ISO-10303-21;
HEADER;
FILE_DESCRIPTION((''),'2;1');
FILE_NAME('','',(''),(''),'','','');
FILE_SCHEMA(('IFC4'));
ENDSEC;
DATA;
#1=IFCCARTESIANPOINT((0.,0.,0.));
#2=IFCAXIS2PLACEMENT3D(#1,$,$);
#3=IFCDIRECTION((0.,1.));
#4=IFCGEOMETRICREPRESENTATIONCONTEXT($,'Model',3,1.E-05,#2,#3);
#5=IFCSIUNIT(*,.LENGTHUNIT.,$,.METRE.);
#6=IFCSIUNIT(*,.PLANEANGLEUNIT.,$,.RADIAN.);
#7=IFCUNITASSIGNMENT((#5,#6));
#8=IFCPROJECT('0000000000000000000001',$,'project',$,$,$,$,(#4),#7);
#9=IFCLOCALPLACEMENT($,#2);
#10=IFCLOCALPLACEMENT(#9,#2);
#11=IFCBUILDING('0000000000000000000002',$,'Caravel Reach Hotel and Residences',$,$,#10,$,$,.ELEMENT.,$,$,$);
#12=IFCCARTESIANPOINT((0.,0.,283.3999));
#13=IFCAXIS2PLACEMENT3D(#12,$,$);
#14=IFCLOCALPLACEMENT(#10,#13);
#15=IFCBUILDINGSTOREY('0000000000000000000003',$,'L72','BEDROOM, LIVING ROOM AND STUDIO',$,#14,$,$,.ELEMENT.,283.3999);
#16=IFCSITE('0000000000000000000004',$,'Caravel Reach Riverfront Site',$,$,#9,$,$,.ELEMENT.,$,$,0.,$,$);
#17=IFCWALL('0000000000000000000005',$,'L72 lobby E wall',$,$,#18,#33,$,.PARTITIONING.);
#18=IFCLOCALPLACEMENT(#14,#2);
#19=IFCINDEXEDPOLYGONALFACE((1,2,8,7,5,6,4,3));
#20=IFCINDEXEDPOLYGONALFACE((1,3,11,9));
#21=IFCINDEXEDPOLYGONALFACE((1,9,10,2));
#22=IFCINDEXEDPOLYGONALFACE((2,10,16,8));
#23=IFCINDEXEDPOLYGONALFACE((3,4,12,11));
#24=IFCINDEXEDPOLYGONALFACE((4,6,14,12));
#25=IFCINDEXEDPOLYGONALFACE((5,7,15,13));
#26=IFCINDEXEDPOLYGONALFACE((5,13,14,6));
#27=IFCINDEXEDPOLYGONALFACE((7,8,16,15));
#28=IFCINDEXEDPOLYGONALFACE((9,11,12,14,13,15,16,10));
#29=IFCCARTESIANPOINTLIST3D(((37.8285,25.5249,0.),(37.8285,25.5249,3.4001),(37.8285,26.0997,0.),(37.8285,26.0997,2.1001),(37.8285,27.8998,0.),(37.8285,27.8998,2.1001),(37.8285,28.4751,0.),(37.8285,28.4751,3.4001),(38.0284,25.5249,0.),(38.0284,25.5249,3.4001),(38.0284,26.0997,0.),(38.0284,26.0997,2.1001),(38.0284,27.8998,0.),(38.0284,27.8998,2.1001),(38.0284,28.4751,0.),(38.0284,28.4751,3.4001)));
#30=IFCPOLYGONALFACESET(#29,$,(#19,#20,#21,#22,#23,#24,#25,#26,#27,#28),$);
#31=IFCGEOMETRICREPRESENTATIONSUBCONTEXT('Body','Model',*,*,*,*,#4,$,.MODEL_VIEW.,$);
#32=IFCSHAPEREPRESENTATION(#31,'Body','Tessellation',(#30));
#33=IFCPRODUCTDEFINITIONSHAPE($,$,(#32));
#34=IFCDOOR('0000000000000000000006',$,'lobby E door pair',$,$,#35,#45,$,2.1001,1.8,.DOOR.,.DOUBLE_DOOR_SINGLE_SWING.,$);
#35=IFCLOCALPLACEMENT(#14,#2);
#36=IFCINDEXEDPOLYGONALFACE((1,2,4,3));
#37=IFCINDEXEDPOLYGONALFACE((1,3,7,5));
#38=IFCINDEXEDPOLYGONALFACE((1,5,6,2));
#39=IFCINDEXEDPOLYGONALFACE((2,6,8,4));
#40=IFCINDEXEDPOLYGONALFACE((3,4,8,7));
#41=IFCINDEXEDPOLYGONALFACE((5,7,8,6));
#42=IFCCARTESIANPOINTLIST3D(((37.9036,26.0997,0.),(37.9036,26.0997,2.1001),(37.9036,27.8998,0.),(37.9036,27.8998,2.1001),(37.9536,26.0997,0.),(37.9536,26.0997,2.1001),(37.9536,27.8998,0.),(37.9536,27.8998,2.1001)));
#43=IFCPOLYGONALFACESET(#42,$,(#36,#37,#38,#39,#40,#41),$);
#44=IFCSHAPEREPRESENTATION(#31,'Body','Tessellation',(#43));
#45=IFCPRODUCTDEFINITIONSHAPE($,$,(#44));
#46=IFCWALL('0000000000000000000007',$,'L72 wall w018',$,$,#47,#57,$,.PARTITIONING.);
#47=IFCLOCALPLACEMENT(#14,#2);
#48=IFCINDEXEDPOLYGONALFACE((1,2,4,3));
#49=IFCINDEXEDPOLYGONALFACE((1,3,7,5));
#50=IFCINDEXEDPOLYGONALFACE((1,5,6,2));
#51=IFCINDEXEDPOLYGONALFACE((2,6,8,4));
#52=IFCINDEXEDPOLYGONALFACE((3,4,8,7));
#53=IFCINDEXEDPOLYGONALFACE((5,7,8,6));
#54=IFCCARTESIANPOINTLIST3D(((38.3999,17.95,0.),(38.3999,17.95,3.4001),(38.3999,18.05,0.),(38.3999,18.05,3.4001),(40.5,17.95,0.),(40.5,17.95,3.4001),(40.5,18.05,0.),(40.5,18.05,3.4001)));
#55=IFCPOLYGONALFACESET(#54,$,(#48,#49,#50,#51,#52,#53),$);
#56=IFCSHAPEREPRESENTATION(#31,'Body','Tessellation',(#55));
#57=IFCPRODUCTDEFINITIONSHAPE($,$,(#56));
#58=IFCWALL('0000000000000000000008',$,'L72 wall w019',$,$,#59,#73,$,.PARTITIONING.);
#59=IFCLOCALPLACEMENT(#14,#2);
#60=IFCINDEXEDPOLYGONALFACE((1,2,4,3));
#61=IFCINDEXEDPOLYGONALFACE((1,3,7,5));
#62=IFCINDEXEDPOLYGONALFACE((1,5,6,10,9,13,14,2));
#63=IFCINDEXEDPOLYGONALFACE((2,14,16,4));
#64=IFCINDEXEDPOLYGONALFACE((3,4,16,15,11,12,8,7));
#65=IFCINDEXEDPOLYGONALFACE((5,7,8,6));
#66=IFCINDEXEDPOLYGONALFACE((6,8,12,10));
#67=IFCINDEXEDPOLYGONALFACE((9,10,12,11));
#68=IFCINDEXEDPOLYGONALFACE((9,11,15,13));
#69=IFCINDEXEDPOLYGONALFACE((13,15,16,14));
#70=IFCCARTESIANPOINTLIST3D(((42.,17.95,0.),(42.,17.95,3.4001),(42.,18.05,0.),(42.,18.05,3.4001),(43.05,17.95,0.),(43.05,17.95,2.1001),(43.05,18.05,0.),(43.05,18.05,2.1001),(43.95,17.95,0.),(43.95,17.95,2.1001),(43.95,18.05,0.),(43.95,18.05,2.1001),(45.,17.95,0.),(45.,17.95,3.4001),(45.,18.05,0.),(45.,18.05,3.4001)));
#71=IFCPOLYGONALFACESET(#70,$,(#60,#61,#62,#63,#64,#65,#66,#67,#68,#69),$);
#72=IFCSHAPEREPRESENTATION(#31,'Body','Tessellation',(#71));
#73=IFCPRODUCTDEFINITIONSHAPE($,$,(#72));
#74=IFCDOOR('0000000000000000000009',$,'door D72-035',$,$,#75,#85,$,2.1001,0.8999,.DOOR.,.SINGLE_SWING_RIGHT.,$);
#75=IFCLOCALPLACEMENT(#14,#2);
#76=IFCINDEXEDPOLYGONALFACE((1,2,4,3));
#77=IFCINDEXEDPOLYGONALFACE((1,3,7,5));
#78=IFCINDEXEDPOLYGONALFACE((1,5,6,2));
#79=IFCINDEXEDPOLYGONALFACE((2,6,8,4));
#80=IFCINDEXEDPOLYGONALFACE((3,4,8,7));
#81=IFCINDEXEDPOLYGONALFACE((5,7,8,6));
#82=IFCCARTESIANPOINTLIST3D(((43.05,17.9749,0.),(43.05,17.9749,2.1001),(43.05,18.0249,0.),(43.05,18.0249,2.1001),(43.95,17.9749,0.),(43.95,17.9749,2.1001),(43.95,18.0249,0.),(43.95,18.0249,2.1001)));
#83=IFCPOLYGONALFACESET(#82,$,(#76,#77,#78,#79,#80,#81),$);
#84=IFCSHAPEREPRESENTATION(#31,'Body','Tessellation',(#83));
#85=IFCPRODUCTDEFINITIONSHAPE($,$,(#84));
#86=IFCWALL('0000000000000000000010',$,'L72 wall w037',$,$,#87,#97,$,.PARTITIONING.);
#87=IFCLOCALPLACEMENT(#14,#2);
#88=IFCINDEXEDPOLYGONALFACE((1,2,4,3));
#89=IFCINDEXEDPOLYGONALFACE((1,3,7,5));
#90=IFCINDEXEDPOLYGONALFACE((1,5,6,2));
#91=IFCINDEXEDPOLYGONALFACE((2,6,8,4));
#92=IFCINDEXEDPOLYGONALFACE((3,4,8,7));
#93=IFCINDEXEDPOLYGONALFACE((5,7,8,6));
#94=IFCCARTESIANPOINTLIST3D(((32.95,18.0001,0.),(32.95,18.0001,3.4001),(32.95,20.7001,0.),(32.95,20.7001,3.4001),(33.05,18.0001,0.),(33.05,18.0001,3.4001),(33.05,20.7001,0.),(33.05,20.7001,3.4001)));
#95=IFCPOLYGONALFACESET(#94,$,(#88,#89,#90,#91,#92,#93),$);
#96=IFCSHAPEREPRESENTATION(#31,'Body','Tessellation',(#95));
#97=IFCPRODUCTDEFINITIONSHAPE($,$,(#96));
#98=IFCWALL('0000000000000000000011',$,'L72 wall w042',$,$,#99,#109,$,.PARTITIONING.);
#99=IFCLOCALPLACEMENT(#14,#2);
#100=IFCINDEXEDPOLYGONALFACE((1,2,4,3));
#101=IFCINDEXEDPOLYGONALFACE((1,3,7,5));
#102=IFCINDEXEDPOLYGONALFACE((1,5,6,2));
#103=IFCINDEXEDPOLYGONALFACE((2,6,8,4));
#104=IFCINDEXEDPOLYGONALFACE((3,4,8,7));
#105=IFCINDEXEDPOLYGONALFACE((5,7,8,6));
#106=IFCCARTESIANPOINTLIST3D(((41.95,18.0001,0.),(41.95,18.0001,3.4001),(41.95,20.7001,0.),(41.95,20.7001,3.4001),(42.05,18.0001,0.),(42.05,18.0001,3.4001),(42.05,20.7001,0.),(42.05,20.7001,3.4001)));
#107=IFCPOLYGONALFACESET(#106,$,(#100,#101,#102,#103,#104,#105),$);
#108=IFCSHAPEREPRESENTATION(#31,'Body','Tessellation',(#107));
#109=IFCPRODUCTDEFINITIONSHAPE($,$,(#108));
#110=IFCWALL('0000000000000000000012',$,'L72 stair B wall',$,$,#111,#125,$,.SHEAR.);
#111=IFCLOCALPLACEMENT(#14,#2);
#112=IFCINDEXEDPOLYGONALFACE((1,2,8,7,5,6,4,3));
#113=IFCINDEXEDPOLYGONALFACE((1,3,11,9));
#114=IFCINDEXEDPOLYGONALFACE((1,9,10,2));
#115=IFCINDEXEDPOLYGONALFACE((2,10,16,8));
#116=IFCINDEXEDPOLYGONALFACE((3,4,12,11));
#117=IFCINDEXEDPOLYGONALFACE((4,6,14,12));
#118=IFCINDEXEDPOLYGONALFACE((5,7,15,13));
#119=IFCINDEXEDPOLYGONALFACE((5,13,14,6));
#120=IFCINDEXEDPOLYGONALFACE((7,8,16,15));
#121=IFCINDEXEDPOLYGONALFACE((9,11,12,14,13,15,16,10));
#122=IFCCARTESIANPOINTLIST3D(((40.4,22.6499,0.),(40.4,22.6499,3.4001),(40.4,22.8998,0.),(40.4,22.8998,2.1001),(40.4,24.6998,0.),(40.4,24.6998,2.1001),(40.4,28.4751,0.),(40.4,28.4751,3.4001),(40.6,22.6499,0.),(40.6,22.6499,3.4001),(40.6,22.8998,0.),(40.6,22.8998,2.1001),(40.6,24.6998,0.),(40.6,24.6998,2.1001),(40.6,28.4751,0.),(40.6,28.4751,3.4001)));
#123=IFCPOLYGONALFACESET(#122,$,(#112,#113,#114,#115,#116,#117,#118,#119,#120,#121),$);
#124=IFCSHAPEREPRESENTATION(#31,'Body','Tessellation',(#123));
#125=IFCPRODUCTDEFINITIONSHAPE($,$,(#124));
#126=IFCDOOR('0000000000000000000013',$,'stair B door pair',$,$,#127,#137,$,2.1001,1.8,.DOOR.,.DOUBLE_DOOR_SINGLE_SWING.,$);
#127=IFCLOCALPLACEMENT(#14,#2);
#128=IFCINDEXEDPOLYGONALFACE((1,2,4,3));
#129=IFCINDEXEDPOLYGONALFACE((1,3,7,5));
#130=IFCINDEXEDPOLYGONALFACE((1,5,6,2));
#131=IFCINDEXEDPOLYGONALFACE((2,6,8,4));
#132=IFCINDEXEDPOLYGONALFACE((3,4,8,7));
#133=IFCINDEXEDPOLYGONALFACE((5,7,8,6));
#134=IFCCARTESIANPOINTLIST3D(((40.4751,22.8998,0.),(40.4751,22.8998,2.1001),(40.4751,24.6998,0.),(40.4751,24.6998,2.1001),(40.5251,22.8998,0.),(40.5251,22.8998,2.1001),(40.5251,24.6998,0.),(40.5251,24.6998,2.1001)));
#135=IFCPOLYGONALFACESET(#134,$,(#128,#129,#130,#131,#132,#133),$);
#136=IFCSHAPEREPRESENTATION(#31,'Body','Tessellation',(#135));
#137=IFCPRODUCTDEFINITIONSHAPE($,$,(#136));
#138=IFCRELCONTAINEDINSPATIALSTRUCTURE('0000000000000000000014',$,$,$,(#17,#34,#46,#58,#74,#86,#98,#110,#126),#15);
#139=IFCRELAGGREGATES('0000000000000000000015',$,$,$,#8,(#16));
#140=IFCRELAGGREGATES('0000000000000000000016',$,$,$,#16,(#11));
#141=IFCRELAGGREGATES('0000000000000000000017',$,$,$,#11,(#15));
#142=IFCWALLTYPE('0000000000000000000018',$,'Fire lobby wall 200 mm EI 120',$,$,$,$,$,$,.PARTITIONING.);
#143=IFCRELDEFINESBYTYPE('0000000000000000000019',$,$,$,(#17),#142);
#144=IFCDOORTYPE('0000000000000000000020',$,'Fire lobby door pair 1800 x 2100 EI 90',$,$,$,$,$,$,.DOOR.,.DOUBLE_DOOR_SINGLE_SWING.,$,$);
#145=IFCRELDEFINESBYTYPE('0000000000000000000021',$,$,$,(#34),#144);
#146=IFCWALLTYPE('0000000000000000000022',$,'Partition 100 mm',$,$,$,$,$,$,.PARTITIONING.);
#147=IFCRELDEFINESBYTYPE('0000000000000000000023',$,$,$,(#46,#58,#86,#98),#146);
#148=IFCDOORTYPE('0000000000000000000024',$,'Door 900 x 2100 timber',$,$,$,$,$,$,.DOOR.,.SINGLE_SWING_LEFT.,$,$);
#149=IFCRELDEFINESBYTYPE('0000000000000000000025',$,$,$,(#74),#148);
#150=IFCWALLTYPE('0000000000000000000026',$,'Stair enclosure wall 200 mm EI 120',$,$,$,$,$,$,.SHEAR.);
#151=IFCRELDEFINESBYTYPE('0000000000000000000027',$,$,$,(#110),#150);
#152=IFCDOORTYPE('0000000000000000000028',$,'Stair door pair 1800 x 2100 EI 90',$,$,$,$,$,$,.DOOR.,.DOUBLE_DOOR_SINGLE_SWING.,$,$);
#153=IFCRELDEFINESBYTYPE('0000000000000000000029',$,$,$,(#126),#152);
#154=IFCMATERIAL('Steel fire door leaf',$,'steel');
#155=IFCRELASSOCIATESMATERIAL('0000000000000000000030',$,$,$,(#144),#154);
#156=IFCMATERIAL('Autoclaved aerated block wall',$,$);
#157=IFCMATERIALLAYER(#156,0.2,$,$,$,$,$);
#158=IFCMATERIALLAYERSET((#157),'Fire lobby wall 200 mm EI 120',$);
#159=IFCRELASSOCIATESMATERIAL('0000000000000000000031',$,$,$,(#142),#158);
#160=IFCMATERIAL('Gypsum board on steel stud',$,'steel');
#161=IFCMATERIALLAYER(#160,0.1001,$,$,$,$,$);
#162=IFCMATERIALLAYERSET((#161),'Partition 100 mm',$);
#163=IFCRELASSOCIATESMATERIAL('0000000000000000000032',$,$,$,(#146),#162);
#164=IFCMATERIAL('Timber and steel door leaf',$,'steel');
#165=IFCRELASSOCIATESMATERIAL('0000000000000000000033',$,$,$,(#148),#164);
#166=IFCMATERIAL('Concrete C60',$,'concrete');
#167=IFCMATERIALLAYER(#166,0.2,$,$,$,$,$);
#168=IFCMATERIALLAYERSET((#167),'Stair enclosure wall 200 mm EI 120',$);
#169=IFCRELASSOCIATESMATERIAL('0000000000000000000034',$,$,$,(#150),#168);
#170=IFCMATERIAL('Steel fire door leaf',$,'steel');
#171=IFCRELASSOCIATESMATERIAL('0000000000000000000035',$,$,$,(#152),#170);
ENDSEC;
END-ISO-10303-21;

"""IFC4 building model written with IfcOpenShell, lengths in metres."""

from ifc_helpers import new_model, si_unit, direction, frame, frame_2d, origin, place, context, subcontext, project, spatial, rectangle, extrude, material, layer, layer_set, type_object, element, fill, save


model = new_model("IFC4")

# Units and contexts
model_context = context("Model", 3, precision=1e-05, world=origin(), true_north=direction((0.0, 1.0)))
body_context = subcontext(model_context, "Body", "Model", "MODEL_VIEW")
ifc_project = project(units=[si_unit("LENGTHUNIT", "METRE"), si_unit("PLANEANGLEUNIT", "RADIAN")], contexts=[model_context])

# Site, building, storey
site_placement = place(None, origin())
site = spatial("IfcSite", under=ifc_project, at=site_placement, Name="Caravel Reach Riverfront Site", CompositionType="ELEMENT", RefElevation=0.0)
building_placement = place(site_placement, origin())
building = spatial("IfcBuilding", under=site, at=building_placement, Name="Caravel Reach Hotel and Residences", CompositionType="ELEMENT")
storey_placement = place(building_placement, frame((0.0, 0.0, 283.3999)))
storey = spatial("IfcBuildingStorey", under=building, at=storey_placement, Name="L72", Description="BEDROOM, LIVING ROOM AND STUDIO", CompositionType="ELEMENT", Elevation=283.3999)

# Wall, opening, door
ifc_material_1 = material(Name="Steel fire door leaf", Category="steel")
door_type_1 = type_object("IfcDoorType", Name="Fire lobby door pair 1800 x 2100 EI 90", OperationType="DOUBLE_DOOR_SINGLE_SWING", PredefinedType="DOOR", material=ifc_material_1)
ifc_material_2 = material(Name="Autoclaved aerated block wall")
ifc_layer_1 = layer(ifc_material_2, 0.2)
ifc_layer_set_1 = layer_set([ifc_layer_1], Name="Fire lobby wall 200 mm EI 120")
wall_type_1 = type_object("IfcWallType", Name="Fire lobby wall 200 mm EI 120", PredefinedType="PARTITIONING", material=ifc_layer_set_1)
wall_1_placement = place(storey_placement, frame((37.9285, 25.5249, 0.0), z_axis=(0.0, 0.0, 1.0), x_axis=(0.0, 1.0, 0.0)))
wall_1 = element("IfcWall", 1, at=wall_1_placement, inside=storey, type_object=wall_type_1, Name="L72 lobby E wall", PredefinedType="PARTITIONING", context=body_context, shape_type="SweptSolid", body=[
    extrude(rectangle(XDim=2.9502, YDim=0.2, at=frame_2d((1.4751, 0.0))), origin(), (0.0, 0.0, 1.0), 3.4001),
])
opening_1_placement = place(wall_1_placement, frame((0.575, 0.0, 0.0)))
opening_1 = element("IfcOpeningElement", 2, at=opening_1_placement, cuts=wall_1, PredefinedType="OPENING", context=body_context, shape_type="SweptSolid", body=[
    extrude(rectangle(XDim=1.8, YDim=2.1001, at=frame_2d((0.8999, 1.05))), frame((0.0, 0.1099, 0.0), z_axis=(0.0, -1.0, 0.0), x_axis=(1.0, 0.0, 0.0)), (0.0, 0.0, 1.0), 0.22),
])
door_1_placement = place(opening_1_placement, origin())
door_1 = element("IfcDoor", 3, at=door_1_placement, inside=storey, type_object=door_type_1, Name="lobby E door pair", OperationType="DOUBLE_DOOR_SINGLE_SWING", OverallHeight=2.1001, OverallWidth=1.8, PredefinedType="DOOR", context=body_context, shape_type="SweptSolid", body=[
    extrude(rectangle(XDim=1.8, YDim=2.1001, at=frame_2d((0.8999, 1.05))), frame((0.0, 0.0249, 0.0), z_axis=(0.0, -1.0, 0.0), x_axis=(1.0, 0.0, 0.0)), (0.0, 0.0, 1.0), 0.05),
])
fill(opening_1, door_1)

# Wall
ifc_material_3 = material(Name="Gypsum board on steel stud", Category="steel")
ifc_layer_2 = layer(ifc_material_3, 0.1001)
ifc_layer_set_2 = layer_set([ifc_layer_2], Name="Partition 100 mm")
wall_type_2 = type_object("IfcWallType", Name="Partition 100 mm", PredefinedType="PARTITIONING", material=ifc_layer_set_2)
wall_2_placement = place(storey_placement, frame((38.3999, 18.0, 0.0), z_axis=(0.0, 0.0, 1.0), x_axis=(1.0, 0.0, 0.0)))
element("IfcWall", 4, at=wall_2_placement, inside=storey, type_object=wall_type_2, Name="L72 wall w018", PredefinedType="PARTITIONING", context=body_context, shape_type="SweptSolid", body=[
    extrude(rectangle(XDim=2.1001, YDim=0.1001, at=frame_2d((1.05, 0.0))), origin(), (0.0, 0.0, 1.0), 3.4001),
])

# Wall, opening, door
wall_3_placement = place(storey_placement, frame((42.0, 18.0, 0.0), z_axis=(0.0, 0.0, 1.0), x_axis=(1.0, 0.0, 0.0)))
wall_3 = element("IfcWall", 5, at=wall_3_placement, inside=storey, type_object=wall_type_2, Name="L72 wall w019", PredefinedType="PARTITIONING", context=body_context, shape_type="SweptSolid", body=[
    extrude(rectangle(XDim=3.0, YDim=0.1001, at=frame_2d((1.5, 0.0))), origin(), (0.0, 0.0, 1.0), 3.4001),
])
opening_2_placement = place(wall_3_placement, frame((1.05, 0.0, 0.0)))
opening_2 = element("IfcOpeningElement", 6, at=opening_2_placement, cuts=wall_3, PredefinedType="OPENING", context=body_context, shape_type="SweptSolid", body=[
    extrude(rectangle(XDim=0.8999, YDim=2.1001, at=frame_2d((0.45, 1.05))), frame((0.0, 0.0601, 0.0), z_axis=(0.0, -1.0, 0.0), x_axis=(1.0, 0.0, 0.0)), (0.0, 0.0, 1.0), 0.1201),
])
ifc_material_4 = material(Name="Timber and steel door leaf", Category="steel")
door_type_2 = type_object("IfcDoorType", Name="Door 900 x 2100 timber", OperationType="SINGLE_SWING_LEFT", PredefinedType="DOOR", material=ifc_material_4)
door_2_placement = place(opening_2_placement, origin())
door_2 = element("IfcDoor", 7, at=door_2_placement, inside=storey, type_object=door_type_2, Name="door D72-035", OperationType="SINGLE_SWING_RIGHT", OverallHeight=2.1001, OverallWidth=0.8999, PredefinedType="DOOR", context=body_context, shape_type="SweptSolid", body=[
    extrude(rectangle(XDim=0.8999, YDim=2.1001, at=frame_2d((0.45, 1.05))), frame((0.0, 0.0249, 0.0), z_axis=(0.0, -1.0, 0.0), x_axis=(1.0, 0.0, 0.0)), (0.0, 0.0, 1.0), 0.05),
])
fill(opening_2, door_2)

# Walls
for number, where, z_axis, x_axis, name in (
    (8, (33.0, 18.0, 0.0), (0.0, 0.0, 1.0), (0.0, 1.0, 0.0), "L72 wall w037"),
    (9, (42.0, 18.0, 0.0), (0.0, 0.0, 1.0), (0.0, 1.0, 0.0), "L72 wall w042"),
):
    element("IfcWall", number, at=place(storey_placement, frame(where, z_axis=z_axis, x_axis=x_axis)), inside=storey, type_object=wall_type_2, Name=name, PredefinedType="PARTITIONING", context=body_context, shape_type="SweptSolid", body=[
        extrude(rectangle(XDim=2.7, YDim=0.1001, at=frame_2d((1.3501, 0.0))), origin(), (0.0, 0.0, 1.0), 3.4001),
    ])

# Wall, opening, door
ifc_material_5 = material(Name="Concrete C60", Category="concrete")
ifc_layer_3 = layer(ifc_material_5, 0.2)
ifc_layer_set_3 = layer_set([ifc_layer_3], Name="Stair enclosure wall 200 mm EI 120")
wall_type_3 = type_object("IfcWallType", Name="Stair enclosure wall 200 mm EI 120", PredefinedType="SHEAR", material=ifc_layer_set_3)
wall_4_placement = place(storey_placement, frame((40.5, 22.6499, 0.0), z_axis=(0.0, 0.0, 1.0), x_axis=(0.0, 1.0, 0.0)))
wall_4 = element("IfcWall", 10, at=wall_4_placement, inside=storey, type_object=wall_type_3, Name="L72 stair B wall", PredefinedType="SHEAR", context=body_context, shape_type="SweptSolid", body=[
    extrude(rectangle(XDim=5.8252, YDim=0.2, at=frame_2d((2.9126, 0.0))), origin(), (0.0, 0.0, 1.0), 3.4001),
])
opening_3_placement = place(wall_4_placement, frame((0.25, 0.0, 0.0)))
opening_3 = element("IfcOpeningElement", 11, at=opening_3_placement, cuts=wall_4, PredefinedType="OPENING", context=body_context, shape_type="SweptSolid", body=[
    extrude(rectangle(XDim=1.8, YDim=2.1001, at=frame_2d((0.8999, 1.05))), frame((0.0, 0.1099, 0.0), z_axis=(0.0, -1.0, 0.0), x_axis=(1.0, 0.0, 0.0)), (0.0, 0.0, 1.0), 0.22),
])
ifc_material_6 = material(Name="Steel fire door leaf", Category="steel")
door_type_3 = type_object("IfcDoorType", Name="Stair door pair 1800 x 2100 EI 90", OperationType="DOUBLE_DOOR_SINGLE_SWING", PredefinedType="DOOR", material=ifc_material_6)
door_3_placement = place(opening_3_placement, origin())
door_3 = element("IfcDoor", 12, at=door_3_placement, inside=storey, type_object=door_type_3, Name="stair B door pair", OperationType="DOUBLE_DOOR_SINGLE_SWING", OverallHeight=2.1001, OverallWidth=1.8, PredefinedType="DOOR", context=body_context, shape_type="SweptSolid", body=[
    extrude(rectangle(XDim=1.8, YDim=2.1001, at=frame_2d((0.8999, 1.05))), frame((0.0, 0.0249, 0.0), z_axis=(0.0, -1.0, 0.0), x_axis=(1.0, 0.0, 0.0)), (0.0, 0.0, 1.0), 0.05),
])
fill(opening_3, door_3)

save(model, "model.ifc")
